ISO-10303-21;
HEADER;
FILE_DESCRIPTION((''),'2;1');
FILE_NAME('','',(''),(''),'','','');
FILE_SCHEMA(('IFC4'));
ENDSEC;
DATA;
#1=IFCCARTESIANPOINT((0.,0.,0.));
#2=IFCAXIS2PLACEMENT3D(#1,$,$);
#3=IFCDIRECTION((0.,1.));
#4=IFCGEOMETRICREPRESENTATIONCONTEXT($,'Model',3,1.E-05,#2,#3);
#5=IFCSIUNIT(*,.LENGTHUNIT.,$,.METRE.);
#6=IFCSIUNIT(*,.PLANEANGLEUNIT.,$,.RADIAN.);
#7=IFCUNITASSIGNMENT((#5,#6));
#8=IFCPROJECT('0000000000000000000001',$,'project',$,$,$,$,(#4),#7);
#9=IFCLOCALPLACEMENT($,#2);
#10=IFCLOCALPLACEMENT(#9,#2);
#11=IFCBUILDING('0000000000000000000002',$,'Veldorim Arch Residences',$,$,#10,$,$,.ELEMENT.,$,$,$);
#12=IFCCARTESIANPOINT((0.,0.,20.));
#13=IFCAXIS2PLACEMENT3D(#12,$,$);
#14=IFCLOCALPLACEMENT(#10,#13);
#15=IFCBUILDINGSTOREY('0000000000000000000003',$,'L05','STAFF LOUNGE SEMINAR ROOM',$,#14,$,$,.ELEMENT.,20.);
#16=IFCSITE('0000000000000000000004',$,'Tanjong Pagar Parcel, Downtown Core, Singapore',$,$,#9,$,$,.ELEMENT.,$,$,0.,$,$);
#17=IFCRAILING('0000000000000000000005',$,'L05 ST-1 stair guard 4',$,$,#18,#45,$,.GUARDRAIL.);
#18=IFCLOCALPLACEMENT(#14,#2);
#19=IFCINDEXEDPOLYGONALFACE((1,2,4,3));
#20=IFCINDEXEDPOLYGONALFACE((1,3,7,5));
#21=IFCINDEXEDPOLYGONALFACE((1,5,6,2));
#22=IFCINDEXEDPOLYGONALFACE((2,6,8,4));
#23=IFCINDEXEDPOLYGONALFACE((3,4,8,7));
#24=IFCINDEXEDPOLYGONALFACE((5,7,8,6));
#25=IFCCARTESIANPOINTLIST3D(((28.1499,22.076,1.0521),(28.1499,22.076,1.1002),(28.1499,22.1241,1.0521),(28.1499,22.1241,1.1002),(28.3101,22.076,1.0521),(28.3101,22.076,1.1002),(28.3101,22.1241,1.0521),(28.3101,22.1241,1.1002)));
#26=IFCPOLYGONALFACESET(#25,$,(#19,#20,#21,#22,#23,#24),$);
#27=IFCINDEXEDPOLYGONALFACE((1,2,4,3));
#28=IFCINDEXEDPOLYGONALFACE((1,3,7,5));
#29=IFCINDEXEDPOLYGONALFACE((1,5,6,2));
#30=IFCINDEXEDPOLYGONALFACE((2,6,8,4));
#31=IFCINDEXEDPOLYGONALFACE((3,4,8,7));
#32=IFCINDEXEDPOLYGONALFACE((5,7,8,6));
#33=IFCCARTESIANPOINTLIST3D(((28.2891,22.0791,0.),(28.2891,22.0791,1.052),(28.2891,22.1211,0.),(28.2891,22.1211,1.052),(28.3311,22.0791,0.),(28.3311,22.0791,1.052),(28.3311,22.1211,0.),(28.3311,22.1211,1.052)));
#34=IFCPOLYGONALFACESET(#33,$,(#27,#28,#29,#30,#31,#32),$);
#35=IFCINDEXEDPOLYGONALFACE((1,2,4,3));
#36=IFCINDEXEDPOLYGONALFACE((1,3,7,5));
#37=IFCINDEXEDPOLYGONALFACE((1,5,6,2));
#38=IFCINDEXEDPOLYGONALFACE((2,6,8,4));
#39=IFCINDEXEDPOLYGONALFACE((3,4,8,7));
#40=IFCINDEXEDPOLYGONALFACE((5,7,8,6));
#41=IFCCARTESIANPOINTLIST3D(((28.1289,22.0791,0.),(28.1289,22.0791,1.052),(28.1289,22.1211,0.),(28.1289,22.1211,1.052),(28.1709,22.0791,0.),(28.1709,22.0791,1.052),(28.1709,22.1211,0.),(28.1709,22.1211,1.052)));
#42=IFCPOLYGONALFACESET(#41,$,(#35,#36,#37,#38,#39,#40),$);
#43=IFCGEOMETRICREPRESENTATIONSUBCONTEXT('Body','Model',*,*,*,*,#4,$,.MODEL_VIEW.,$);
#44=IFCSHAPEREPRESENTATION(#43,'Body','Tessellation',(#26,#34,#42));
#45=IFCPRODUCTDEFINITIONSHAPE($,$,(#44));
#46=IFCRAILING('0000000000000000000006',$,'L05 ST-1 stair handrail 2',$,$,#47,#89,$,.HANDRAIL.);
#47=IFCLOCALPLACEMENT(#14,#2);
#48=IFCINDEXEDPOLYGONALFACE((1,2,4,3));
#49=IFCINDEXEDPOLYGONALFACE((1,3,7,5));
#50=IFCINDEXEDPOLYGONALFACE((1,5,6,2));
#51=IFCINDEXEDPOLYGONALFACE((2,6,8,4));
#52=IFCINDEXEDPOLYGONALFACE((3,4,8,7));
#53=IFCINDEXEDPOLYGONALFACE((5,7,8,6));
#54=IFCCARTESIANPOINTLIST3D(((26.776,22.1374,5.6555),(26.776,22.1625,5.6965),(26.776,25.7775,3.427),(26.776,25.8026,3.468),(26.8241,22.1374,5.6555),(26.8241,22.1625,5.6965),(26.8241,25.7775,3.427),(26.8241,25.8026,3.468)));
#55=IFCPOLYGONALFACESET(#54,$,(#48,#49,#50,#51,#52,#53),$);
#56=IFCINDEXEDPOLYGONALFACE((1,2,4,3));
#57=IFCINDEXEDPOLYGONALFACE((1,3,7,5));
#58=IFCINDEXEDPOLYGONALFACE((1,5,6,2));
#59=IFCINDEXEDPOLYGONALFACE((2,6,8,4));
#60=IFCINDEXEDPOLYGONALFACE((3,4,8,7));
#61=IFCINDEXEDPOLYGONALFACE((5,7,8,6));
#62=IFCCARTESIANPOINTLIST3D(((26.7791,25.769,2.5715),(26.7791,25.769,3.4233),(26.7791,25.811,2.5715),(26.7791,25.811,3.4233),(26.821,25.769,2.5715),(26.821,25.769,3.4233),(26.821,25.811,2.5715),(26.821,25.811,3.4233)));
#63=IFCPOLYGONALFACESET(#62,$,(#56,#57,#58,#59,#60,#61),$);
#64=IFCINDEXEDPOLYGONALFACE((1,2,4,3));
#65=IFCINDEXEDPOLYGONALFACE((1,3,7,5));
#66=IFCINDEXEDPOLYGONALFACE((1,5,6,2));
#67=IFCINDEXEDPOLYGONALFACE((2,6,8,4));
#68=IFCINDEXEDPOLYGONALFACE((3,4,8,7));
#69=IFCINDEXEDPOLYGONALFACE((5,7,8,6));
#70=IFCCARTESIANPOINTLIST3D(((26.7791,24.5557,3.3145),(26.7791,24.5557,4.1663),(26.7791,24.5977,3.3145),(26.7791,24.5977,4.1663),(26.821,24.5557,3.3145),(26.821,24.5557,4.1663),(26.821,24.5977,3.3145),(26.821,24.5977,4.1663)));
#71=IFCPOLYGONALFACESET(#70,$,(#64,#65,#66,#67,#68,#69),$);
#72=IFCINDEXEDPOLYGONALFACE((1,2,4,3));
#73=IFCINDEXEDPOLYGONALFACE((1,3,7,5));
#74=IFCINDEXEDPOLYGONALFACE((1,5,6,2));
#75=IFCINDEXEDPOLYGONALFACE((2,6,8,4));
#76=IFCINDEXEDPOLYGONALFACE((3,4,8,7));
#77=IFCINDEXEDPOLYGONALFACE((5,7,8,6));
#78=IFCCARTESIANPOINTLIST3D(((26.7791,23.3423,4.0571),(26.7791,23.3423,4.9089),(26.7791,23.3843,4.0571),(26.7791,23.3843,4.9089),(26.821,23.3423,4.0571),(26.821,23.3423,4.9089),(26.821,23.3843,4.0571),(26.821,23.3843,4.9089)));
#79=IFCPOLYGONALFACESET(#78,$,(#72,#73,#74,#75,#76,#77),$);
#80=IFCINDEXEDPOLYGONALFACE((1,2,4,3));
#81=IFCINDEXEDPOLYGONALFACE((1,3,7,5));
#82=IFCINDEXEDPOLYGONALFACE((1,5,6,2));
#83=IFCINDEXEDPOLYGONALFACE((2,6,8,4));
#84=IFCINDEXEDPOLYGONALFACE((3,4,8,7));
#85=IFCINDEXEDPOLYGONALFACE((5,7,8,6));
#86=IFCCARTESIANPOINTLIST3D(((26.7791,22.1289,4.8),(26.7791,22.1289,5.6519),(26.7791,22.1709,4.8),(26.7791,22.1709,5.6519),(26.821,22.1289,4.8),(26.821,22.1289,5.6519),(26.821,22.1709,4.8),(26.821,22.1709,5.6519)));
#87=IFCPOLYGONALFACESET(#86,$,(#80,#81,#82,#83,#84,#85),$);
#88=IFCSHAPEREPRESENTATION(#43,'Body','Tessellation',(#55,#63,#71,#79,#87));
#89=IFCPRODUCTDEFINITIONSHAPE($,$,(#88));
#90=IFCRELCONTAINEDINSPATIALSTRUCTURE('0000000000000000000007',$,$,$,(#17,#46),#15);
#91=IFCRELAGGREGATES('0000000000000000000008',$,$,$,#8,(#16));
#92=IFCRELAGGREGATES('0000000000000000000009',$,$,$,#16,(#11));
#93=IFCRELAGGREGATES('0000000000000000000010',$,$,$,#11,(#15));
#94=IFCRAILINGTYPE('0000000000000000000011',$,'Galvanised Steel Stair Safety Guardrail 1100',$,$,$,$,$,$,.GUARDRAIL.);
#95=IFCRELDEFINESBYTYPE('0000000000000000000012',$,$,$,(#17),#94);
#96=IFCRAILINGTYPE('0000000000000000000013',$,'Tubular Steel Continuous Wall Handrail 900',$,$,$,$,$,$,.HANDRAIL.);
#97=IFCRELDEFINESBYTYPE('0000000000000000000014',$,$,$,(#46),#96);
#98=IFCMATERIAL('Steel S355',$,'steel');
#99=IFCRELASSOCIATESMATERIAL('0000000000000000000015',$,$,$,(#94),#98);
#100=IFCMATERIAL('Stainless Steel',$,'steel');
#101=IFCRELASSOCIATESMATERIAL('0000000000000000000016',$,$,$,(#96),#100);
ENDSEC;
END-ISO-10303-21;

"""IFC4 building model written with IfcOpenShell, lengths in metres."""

from ifc_helpers import new_model, si_unit, direction, frame, origin, origin_2d, place, context, subcontext, project, spatial, rectangle, extrude, material, type_object, element, save


model = new_model("IFC4")

# Units and contexts
model_context = context("Model", 3, precision=1e-05, world=origin(), true_north=direction((0.0, 1.0)))
body_context = subcontext(model_context, "Body", "Model", "MODEL_VIEW")
ifc_project = project(units=[si_unit("LENGTHUNIT", "METRE"), si_unit("PLANEANGLEUNIT", "RADIAN")], contexts=[model_context])

# Site, building, storey
site_placement = place(None, origin())
site = spatial("IfcSite", under=ifc_project, at=site_placement, Name="Tanjong Pagar Parcel, Downtown Core, Singapore", CompositionType="ELEMENT", RefElevation=0.0)
building_placement = place(site_placement, origin())
building = spatial("IfcBuilding", under=site, at=building_placement, Name="Veldorim Arch Residences", CompositionType="ELEMENT")
storey_placement = place(building_placement, frame((0.0, 0.0, 20.0)))
storey = spatial("IfcBuildingStorey", under=building, at=storey_placement, Name="L05", Description="STAFF LOUNGE SEMINAR ROOM", CompositionType="ELEMENT", Elevation=20.0)

# Railings
ifc_material_1 = material(Name="Steel S355", Category="steel")
railing_type_1 = type_object("IfcRailingType", Name="Galvanised Steel Stair Safety Guardrail 1100", PredefinedType="GUARDRAIL", material=ifc_material_1)
railing_1_placement = place(storey_placement, frame((28.3101, 22.1001, 0.0)))
element("IfcRailing", 1, at=railing_1_placement, inside=storey, type_object=railing_type_1, Name="L05 ST-1 stair guard 4", PredefinedType="GUARDRAIL", context=body_context, shape_type="SweptSolid", body=[
    extrude(rectangle(XDim=0.0481, YDim=0.0481, at=origin_2d()), frame((0.0, 0.0, 1.0762), z_axis=(-1.0, 0.0, 0.0), x_axis=(0.0, -1.0, 0.0)), (0.0, 0.0, 1.0), 0.1602),
    extrude(rectangle(XDim=0.042, YDim=0.042, at=origin_2d()), origin(), (0.0, 0.0, 1.0), 1.052),
    extrude(rectangle(XDim=0.042, YDim=0.042, at=origin_2d()), frame((-0.1602, 0.0, 0.0)), (0.0, 0.0, 1.0), 1.052),
])
ifc_material_2 = material(Name="Stainless Steel", Category="steel")
railing_type_2 = type_object("IfcRailingType", Name="Tubular Steel Continuous Wall Handrail 900", PredefinedType="HANDRAIL", material=ifc_material_2)
railing_2_placement = place(storey_placement, frame((26.8, 25.79, 2.5715)))
element("IfcRailing", 2, at=railing_2_placement, inside=storey, type_object=railing_type_2, Name="L05 ST-1 stair handrail 2", PredefinedType="HANDRAIL", context=body_context, shape_type="SweptSolid", body=[
    extrude(rectangle(XDim=0.0481, YDim=0.0481, at=origin_2d()), frame((0.0, 0.0, 0.876), z_axis=(0.0, -0.852866, 0.52213), x_axis=(1.0, 0.0, 0.0)), (0.0, 0.0, 1.0), 4.2681),
    extrude(rectangle(XDim=0.042, YDim=0.042, at=origin_2d()), origin(), (0.0, 0.0, 1.0), 0.8518),
    extrude(rectangle(XDim=0.042, YDim=0.042, at=origin_2d()), frame((0.0, -1.2134, 0.7429)), (0.0, 0.0, 1.0), 0.8518),
    extrude(rectangle(XDim=0.042, YDim=0.042, at=origin_2d()), frame((0.0, -2.4268, 1.4856)), (0.0, 0.0, 1.0), 0.8518),
    extrude(rectangle(XDim=0.042, YDim=0.042, at=origin_2d()), frame((0.0, -3.6401, 2.2285)), (0.0, 0.0, 1.0), 0.8518),
])

save(model, "model.ifc")
